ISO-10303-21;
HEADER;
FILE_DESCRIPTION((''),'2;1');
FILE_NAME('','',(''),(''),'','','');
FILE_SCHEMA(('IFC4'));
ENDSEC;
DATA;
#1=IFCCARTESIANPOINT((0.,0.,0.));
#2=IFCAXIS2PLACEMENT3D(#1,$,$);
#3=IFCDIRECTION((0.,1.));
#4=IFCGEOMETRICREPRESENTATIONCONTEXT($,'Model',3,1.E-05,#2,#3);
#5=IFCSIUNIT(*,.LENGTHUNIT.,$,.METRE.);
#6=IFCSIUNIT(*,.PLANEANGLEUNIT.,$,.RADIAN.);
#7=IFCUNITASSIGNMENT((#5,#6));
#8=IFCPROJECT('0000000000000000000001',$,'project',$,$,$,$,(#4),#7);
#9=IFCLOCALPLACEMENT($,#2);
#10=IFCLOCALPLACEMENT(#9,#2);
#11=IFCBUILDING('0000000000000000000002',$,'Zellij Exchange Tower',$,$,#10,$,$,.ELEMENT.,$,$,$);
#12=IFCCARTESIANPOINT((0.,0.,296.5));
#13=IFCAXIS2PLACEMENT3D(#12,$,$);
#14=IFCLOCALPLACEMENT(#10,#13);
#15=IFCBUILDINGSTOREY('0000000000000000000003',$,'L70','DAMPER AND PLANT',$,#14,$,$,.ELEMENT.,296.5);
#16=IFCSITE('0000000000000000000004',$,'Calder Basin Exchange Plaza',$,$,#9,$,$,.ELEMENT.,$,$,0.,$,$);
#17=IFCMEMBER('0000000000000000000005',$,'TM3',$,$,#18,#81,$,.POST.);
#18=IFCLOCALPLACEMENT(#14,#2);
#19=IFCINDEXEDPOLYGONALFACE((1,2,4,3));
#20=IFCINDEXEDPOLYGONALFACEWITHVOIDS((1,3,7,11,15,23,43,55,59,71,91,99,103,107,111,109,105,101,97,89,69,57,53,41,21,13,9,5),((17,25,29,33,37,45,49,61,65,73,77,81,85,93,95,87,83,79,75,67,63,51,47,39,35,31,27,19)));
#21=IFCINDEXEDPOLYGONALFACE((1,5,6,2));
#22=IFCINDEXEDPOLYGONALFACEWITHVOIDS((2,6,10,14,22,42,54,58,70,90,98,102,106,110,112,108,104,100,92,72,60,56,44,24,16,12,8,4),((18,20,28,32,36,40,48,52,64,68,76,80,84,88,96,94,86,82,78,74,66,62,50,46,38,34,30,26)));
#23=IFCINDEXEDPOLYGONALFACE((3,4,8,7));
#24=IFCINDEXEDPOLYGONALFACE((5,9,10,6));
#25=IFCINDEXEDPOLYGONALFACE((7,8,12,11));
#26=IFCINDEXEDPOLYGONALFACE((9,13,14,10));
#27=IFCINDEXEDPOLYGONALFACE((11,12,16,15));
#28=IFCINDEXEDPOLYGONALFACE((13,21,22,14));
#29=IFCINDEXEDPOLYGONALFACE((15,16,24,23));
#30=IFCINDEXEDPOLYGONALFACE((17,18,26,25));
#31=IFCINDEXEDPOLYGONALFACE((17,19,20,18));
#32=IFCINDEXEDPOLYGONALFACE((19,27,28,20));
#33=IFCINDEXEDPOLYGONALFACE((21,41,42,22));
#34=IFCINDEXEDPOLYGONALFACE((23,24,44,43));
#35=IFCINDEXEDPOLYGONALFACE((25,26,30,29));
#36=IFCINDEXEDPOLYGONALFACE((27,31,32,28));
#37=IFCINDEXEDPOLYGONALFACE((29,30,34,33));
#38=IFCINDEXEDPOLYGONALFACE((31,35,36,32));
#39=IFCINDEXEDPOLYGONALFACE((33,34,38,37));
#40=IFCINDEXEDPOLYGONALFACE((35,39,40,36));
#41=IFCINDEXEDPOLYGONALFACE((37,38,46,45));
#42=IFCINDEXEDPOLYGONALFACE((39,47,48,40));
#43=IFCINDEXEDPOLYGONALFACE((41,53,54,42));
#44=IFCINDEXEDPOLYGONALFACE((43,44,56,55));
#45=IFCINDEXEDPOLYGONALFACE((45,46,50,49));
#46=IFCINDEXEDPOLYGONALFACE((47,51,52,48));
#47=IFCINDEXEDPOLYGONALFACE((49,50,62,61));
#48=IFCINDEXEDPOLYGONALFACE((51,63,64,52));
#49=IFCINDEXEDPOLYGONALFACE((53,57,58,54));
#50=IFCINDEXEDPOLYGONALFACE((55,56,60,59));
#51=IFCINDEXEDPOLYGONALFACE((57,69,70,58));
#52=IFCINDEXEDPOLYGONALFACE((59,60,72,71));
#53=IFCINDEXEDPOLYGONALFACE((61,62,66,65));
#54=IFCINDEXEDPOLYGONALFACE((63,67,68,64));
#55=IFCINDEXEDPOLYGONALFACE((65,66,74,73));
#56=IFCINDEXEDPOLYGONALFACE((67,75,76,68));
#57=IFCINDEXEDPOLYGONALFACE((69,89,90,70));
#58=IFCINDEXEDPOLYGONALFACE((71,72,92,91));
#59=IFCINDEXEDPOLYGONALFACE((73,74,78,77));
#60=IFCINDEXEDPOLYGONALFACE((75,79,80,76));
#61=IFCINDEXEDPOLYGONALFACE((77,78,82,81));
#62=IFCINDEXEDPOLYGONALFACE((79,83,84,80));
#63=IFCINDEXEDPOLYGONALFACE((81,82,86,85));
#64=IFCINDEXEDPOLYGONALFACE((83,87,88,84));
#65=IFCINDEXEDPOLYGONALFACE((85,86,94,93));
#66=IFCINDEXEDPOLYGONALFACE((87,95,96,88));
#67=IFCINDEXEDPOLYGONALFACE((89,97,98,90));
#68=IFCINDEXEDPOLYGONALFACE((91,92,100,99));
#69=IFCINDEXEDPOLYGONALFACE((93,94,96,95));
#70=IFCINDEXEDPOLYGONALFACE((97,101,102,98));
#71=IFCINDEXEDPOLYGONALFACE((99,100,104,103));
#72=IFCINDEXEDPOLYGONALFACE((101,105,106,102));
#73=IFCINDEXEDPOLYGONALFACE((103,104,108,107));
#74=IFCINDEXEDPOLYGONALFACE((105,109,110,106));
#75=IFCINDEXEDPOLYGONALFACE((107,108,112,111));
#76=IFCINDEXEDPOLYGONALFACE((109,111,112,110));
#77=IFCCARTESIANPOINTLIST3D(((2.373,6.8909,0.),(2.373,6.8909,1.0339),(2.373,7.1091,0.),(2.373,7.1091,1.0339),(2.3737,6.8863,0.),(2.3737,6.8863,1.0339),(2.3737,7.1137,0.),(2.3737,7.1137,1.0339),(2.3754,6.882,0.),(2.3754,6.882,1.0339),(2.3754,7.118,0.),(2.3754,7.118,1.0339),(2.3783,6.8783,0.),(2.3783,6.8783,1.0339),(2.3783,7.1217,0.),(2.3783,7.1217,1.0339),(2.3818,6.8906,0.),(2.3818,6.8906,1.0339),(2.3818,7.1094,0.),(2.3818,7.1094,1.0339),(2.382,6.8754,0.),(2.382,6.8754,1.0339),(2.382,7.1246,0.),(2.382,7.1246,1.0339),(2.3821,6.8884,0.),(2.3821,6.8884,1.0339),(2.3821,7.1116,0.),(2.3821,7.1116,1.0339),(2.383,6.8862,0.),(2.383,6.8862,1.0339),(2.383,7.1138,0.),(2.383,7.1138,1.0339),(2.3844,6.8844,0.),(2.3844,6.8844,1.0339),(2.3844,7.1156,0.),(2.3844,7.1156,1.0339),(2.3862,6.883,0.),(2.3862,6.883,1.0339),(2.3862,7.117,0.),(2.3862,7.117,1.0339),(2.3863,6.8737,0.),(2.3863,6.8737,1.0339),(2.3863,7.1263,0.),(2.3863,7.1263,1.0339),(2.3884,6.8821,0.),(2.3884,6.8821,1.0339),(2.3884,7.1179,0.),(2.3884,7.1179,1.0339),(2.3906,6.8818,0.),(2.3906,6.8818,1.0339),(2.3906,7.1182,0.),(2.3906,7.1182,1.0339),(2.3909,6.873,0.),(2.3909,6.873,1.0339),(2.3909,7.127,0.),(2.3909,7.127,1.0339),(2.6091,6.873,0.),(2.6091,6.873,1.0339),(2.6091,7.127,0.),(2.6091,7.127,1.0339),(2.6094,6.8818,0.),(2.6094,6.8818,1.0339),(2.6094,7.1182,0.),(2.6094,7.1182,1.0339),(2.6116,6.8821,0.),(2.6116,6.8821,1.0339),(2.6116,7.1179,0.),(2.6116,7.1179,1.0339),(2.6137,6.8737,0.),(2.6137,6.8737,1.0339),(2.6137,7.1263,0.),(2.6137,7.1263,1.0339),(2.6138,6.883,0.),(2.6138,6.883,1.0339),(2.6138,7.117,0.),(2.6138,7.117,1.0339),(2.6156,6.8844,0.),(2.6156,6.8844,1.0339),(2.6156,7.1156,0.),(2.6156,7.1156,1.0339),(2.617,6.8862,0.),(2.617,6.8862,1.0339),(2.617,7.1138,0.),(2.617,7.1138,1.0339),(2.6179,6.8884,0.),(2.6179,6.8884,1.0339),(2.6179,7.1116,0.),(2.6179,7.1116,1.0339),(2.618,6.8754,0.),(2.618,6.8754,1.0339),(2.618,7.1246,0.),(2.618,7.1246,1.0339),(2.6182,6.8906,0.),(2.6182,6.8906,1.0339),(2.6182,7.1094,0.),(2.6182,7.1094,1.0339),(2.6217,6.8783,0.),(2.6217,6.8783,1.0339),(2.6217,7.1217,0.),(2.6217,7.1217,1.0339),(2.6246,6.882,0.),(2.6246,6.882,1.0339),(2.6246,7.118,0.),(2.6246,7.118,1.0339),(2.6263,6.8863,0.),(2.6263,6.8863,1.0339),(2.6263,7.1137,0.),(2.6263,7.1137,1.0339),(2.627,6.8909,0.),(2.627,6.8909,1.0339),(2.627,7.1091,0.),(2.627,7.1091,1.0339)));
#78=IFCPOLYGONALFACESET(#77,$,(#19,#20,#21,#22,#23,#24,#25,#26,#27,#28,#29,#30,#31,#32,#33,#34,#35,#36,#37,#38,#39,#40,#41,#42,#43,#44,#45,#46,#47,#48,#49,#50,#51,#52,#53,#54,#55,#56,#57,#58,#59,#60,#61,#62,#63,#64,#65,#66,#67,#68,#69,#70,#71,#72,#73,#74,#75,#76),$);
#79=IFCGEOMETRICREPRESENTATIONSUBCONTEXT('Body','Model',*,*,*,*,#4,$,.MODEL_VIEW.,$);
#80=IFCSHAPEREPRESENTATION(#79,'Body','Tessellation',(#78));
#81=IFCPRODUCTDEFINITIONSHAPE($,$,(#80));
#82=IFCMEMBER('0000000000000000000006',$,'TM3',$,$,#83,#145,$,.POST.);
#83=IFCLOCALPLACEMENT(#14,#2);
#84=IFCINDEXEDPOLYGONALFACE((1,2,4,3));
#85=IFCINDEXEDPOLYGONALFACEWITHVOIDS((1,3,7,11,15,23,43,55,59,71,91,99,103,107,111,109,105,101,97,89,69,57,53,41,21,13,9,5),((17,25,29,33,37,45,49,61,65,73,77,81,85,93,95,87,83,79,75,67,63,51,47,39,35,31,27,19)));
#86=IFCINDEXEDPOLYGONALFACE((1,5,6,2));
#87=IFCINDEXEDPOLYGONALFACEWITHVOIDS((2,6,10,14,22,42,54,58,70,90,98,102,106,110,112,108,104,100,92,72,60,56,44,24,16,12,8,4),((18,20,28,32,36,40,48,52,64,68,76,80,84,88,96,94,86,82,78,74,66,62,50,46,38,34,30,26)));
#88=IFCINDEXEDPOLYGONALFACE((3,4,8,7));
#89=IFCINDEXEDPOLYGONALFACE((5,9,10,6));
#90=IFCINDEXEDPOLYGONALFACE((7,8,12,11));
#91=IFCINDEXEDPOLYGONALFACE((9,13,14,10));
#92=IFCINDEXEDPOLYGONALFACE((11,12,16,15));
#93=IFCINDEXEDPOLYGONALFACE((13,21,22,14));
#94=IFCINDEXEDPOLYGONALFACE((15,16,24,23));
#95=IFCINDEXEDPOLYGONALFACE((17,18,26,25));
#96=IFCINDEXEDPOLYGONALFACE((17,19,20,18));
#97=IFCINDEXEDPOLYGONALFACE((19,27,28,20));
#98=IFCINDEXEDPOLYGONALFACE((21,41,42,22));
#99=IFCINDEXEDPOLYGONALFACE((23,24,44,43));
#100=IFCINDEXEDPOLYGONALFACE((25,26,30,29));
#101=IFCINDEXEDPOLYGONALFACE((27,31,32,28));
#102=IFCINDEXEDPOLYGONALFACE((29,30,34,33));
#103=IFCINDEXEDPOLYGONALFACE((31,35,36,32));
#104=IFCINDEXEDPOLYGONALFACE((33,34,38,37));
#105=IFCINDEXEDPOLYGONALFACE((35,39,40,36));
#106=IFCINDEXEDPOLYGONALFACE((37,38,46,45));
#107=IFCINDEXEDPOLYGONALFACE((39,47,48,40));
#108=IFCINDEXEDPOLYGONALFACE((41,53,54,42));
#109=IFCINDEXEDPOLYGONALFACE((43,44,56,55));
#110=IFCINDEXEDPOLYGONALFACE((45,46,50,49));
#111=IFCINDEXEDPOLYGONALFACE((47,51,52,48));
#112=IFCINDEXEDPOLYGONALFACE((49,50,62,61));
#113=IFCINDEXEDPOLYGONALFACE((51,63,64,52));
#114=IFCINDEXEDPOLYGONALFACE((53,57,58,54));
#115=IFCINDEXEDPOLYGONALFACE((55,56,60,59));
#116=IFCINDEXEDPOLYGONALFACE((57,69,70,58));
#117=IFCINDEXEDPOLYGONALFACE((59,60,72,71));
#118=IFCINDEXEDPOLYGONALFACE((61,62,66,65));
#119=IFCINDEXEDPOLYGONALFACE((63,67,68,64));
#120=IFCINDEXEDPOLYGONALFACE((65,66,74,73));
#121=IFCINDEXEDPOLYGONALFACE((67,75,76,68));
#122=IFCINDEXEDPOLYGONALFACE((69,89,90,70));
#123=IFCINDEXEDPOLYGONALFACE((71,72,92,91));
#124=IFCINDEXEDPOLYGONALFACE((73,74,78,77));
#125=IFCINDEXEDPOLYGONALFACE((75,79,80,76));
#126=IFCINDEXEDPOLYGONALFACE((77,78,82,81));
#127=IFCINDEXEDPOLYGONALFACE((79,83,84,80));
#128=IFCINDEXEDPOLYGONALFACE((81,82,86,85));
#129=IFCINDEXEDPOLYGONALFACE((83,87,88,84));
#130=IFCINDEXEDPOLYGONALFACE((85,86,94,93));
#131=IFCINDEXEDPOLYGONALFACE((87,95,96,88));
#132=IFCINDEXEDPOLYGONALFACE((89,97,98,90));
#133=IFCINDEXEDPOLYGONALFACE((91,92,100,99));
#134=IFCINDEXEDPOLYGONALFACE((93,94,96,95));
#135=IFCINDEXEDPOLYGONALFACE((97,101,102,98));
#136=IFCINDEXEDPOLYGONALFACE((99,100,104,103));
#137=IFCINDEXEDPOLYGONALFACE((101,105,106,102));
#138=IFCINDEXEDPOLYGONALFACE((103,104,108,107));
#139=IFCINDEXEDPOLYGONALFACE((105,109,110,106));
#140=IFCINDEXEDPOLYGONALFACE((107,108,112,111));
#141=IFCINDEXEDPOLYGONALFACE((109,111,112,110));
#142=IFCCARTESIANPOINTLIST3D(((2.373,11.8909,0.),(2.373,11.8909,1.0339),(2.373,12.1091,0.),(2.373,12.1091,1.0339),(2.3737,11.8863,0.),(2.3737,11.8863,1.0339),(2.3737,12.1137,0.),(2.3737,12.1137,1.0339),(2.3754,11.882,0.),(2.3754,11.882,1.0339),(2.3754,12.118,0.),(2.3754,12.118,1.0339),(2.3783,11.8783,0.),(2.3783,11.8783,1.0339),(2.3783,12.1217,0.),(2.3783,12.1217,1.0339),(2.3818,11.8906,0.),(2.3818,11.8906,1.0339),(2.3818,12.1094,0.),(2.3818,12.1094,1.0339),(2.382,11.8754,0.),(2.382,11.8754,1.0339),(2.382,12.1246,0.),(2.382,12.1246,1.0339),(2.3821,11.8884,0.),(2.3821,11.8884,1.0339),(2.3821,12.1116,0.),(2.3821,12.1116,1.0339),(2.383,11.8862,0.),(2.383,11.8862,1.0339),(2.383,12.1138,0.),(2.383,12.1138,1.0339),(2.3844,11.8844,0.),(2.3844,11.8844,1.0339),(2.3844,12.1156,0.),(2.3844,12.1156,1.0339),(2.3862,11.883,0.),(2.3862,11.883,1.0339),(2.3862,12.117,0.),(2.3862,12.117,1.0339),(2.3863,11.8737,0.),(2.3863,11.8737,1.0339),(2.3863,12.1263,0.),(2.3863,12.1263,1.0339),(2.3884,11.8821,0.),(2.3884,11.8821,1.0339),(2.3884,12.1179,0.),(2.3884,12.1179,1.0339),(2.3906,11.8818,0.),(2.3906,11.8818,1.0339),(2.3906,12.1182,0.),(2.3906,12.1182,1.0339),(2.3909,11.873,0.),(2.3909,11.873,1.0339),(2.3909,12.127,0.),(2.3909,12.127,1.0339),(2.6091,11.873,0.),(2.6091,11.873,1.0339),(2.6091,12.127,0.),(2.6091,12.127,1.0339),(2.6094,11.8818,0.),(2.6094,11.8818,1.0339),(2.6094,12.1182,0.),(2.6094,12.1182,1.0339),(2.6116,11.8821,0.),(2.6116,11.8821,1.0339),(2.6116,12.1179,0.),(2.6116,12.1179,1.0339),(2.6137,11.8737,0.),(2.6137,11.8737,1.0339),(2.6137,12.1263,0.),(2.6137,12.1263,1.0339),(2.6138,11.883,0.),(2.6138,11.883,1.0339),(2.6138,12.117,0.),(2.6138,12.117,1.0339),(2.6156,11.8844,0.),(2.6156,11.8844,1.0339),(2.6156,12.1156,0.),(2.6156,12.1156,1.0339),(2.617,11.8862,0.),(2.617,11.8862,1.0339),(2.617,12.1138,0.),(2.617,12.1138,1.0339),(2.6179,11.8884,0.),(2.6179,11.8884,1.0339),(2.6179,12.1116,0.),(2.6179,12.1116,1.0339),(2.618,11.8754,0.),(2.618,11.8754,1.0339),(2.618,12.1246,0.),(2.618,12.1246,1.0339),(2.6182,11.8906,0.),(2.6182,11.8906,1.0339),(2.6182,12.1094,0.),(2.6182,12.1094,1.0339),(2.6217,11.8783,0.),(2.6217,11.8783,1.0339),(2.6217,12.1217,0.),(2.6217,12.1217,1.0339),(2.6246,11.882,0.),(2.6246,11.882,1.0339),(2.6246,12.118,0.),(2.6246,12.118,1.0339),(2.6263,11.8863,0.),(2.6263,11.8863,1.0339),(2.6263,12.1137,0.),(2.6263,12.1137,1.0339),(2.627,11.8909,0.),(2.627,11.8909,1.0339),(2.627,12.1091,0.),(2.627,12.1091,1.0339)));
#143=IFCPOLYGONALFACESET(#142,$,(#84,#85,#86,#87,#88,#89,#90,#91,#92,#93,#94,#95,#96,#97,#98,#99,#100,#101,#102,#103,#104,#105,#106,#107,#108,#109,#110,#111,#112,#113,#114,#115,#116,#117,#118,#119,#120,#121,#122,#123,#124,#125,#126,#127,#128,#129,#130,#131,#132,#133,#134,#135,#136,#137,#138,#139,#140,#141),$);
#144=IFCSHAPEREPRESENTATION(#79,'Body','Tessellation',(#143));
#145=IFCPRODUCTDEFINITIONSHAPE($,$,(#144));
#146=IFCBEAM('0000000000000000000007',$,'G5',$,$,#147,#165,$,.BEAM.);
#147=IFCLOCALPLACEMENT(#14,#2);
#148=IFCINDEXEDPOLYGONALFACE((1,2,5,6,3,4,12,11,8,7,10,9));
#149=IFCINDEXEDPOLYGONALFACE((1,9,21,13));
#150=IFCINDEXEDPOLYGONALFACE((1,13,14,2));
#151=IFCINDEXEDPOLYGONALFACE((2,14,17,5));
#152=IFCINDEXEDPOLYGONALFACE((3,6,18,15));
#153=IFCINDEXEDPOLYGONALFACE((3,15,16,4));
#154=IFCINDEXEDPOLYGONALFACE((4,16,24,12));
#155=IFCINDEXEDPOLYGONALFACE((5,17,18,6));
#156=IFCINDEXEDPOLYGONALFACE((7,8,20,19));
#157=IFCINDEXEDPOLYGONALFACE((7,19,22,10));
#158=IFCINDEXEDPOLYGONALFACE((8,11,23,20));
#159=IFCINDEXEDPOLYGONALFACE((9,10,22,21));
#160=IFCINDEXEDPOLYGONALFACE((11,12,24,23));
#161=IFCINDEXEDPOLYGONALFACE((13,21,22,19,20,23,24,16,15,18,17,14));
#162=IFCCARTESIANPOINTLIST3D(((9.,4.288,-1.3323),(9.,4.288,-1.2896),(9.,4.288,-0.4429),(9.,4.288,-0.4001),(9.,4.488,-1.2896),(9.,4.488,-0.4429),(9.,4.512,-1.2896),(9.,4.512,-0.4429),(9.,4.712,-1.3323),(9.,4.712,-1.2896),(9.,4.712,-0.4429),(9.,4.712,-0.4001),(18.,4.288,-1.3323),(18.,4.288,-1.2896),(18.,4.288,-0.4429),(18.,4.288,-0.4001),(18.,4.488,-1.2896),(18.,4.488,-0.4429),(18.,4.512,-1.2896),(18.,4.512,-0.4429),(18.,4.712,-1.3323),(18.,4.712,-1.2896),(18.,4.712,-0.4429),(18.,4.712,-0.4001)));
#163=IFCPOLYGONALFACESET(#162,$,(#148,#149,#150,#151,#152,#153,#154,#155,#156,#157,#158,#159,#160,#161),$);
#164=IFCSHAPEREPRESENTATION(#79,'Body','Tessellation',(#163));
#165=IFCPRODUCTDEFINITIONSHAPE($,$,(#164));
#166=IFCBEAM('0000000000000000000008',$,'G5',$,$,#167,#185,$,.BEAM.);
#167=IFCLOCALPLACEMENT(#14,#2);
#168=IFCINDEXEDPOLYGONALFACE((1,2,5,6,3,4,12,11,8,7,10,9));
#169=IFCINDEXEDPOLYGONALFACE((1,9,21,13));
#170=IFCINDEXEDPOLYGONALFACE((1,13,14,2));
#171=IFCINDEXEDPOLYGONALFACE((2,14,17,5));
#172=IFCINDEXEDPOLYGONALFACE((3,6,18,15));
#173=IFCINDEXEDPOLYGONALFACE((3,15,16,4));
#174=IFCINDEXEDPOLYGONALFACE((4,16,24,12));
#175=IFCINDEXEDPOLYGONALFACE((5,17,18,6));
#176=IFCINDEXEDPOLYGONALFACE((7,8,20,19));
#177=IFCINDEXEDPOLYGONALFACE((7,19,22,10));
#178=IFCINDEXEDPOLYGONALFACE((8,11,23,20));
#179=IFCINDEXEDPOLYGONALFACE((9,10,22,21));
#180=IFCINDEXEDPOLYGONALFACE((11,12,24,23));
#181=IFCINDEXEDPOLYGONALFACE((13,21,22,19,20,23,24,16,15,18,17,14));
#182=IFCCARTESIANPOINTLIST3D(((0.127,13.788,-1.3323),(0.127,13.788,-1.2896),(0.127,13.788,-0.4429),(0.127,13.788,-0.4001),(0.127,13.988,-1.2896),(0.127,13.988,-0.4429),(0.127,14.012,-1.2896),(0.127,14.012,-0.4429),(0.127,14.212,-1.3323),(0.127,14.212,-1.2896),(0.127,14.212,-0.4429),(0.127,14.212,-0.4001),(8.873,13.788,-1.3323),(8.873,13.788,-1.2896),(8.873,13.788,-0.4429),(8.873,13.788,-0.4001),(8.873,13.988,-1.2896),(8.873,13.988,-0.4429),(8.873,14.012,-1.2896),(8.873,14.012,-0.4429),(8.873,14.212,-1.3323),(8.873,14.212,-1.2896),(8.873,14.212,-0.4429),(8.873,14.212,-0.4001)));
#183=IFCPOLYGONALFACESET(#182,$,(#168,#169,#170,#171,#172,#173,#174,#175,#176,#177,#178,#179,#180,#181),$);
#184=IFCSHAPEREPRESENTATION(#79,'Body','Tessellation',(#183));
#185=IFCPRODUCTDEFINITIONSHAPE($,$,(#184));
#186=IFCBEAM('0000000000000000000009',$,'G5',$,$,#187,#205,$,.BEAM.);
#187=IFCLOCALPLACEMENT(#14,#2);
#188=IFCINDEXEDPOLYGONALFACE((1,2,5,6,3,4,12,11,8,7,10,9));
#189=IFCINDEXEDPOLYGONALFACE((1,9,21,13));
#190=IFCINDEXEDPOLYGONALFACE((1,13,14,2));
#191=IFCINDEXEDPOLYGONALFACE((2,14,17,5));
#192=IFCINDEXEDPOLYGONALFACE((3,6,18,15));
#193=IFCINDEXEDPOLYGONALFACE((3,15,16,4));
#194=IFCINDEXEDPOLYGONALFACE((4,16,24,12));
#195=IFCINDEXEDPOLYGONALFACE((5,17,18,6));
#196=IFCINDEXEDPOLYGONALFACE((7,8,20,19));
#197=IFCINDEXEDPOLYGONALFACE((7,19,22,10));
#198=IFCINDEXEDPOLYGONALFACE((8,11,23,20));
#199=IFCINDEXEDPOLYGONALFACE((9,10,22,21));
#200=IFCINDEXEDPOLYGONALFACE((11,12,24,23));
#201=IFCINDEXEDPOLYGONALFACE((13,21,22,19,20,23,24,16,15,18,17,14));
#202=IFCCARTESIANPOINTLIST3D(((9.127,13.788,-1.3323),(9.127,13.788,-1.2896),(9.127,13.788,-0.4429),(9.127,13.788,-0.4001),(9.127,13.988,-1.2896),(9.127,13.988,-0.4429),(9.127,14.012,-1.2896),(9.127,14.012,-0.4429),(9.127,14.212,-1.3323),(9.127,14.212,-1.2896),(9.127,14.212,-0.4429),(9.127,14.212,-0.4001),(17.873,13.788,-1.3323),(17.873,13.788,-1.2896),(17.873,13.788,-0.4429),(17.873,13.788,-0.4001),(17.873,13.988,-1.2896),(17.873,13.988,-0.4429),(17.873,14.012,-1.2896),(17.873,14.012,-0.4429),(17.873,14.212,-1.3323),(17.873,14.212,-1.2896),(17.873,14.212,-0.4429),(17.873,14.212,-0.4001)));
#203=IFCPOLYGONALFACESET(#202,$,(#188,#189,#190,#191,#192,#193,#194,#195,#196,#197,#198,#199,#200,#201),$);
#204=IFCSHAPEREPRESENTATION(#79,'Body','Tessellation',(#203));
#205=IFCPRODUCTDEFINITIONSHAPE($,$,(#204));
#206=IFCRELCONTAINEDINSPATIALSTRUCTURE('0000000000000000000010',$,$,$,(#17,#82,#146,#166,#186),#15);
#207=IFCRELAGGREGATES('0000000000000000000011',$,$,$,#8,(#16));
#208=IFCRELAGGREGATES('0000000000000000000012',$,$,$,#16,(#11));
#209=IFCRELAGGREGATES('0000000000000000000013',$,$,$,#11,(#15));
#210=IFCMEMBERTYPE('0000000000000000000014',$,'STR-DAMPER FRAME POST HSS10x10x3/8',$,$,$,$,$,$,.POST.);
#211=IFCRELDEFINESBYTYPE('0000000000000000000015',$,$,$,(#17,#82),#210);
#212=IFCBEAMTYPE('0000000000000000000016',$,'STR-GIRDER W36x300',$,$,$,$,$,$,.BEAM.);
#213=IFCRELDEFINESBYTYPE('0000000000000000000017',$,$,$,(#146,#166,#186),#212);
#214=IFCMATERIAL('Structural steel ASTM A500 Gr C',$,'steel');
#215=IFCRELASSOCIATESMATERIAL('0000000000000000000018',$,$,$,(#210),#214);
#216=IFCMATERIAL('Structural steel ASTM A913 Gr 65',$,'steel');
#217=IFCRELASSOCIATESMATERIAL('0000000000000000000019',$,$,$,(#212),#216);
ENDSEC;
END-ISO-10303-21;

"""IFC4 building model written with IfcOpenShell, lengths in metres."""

from ifc_helpers import new_model, si_unit, direction, frame, origin, origin_2d, place, context, subcontext, project, spatial, hollow_rectangle, i_section, extrude, material, material_profile, profile_set, type_object, element, save


model = new_model("IFC4")

# Units and contexts
model_context = context("Model", 3, precision=1e-05, world=origin(), true_north=direction((0.0, 1.0)))
body_context = subcontext(model_context, "Body", "Model", "MODEL_VIEW")
ifc_project = project(units=[si_unit("LENGTHUNIT", "METRE"), si_unit("PLANEANGLEUNIT", "RADIAN")], contexts=[model_context])

# Site, building, storey
site_placement = place(None, origin())
site = spatial("IfcSite", under=ifc_project, at=site_placement, Name="Calder Basin Exchange Plaza", CompositionType="ELEMENT", RefElevation=0.0)
building_placement = place(site_placement, origin())
building = spatial("IfcBuilding", under=site, at=building_placement, Name="Zellij Exchange Tower", CompositionType="ELEMENT")
storey_placement = place(building_placement, frame((0.0, 0.0, 296.5)))
storey = spatial("IfcBuildingStorey", under=building, at=storey_placement, Name="L70", Description="DAMPER AND PLANT", CompositionType="ELEMENT", Elevation=296.5)

# Members
ifc_material_1 = material(Name="Structural steel ASTM A913 Gr 65", Category="steel")
ifc_material_2 = material(Name="Structural steel ASTM A500 Gr C", Category="steel")
ifc_material_profile_1 = material_profile(ifc_material_2, hollow_rectangle(XDim=0.2539, YDim=0.2539, WallThickness=0.0088, InnerFilletRadius=0.0088, OuterFilletRadius=0.0178, at=origin_2d()), Name="STR-DAMPER FRAME POST HSS10x10x3/8")
ifc_profile_set_1 = profile_set([ifc_material_profile_1], Name="Structural steel ASTM A500 Gr C")
member_type_1 = type_object("IfcMemberType", Name="STR-DAMPER FRAME POST HSS10x10x3/8", PredefinedType="POST", material=ifc_profile_set_1)
for number, where, z_axis, x_axis, name in (
    (1, (2.5, 7.0, 0.0), (0.0, 0.0, 1.0), (1.0, 0.0, 0.0), "TM3"),
    (2, (2.5, 12.0, 0.0), (0.0, 0.0, 1.0), (1.0, 0.0, 0.0), "TM3"),
):
    element("IfcMember", number, at=place(storey_placement, frame(where, z_axis=z_axis, x_axis=x_axis)), inside=storey, type_object=member_type_1, Name=name, PredefinedType="POST", context=body_context, shape_type="SweptSolid", body=[
        extrude(hollow_rectangle(XDim=0.2539, YDim=0.2539, WallThickness=0.0088, InnerFilletRadius=0.0088, OuterFilletRadius=0.0178, at=origin_2d()), origin(), (0.0, 0.0, 1.0), 1.0339),
    ])

# Beams
ifc_material_profile_2 = material_profile(ifc_material_1, i_section(OverallWidth=0.4241, OverallDepth=0.9321, WebThickness=0.0239, FlangeThickness=0.0427, at=origin_2d()), Name="W36x300")
ifc_profile_set_2 = profile_set([ifc_material_profile_2], Name="Structural steel ASTM A913 Gr 65")
beam_type = type_object("IfcBeamType", Name="STR-GIRDER W36x300", PredefinedType="BEAM", material=ifc_profile_set_2)
beam_1_placement = place(storey_placement, frame((9.0, 4.5, -0.8662), z_axis=(1.0, 0.0, 0.0), x_axis=(0.0, 1.0, 0.0)))
element("IfcBeam", 3, at=beam_1_placement, inside=storey, type_object=beam_type, Name="G5", PredefinedType="BEAM", context=body_context, shape_type="SweptSolid", body=[
    extrude(i_section(OverallWidth=0.4241, OverallDepth=0.9321, WebThickness=0.0239, FlangeThickness=0.0427, at=origin_2d()), origin(), (0.0, 0.0, 1.0), 9.0),
])
for number, where, z_axis, x_axis, name in (
    (4, (0.127, 14.0, -0.8662), (1.0, 0.0, 0.0), (0.0, 1.0, 0.0), "G5"),
    (5, (9.127, 14.0, -0.8662), (1.0, 0.0, 0.0), (0.0, 1.0, 0.0), "G5"),
):
    element("IfcBeam", number, at=place(storey_placement, frame(where, z_axis=z_axis, x_axis=x_axis)), inside=storey, type_object=beam_type, Name=name, PredefinedType="BEAM", context=body_context, shape_type="SweptSolid", body=[
        extrude(i_section(OverallWidth=0.4241, OverallDepth=0.9321, WebThickness=0.0239, FlangeThickness=0.0427, at=origin_2d()), origin(), (0.0, 0.0, 1.0), 8.7461),
    ])

save(model, "model.ifc")
